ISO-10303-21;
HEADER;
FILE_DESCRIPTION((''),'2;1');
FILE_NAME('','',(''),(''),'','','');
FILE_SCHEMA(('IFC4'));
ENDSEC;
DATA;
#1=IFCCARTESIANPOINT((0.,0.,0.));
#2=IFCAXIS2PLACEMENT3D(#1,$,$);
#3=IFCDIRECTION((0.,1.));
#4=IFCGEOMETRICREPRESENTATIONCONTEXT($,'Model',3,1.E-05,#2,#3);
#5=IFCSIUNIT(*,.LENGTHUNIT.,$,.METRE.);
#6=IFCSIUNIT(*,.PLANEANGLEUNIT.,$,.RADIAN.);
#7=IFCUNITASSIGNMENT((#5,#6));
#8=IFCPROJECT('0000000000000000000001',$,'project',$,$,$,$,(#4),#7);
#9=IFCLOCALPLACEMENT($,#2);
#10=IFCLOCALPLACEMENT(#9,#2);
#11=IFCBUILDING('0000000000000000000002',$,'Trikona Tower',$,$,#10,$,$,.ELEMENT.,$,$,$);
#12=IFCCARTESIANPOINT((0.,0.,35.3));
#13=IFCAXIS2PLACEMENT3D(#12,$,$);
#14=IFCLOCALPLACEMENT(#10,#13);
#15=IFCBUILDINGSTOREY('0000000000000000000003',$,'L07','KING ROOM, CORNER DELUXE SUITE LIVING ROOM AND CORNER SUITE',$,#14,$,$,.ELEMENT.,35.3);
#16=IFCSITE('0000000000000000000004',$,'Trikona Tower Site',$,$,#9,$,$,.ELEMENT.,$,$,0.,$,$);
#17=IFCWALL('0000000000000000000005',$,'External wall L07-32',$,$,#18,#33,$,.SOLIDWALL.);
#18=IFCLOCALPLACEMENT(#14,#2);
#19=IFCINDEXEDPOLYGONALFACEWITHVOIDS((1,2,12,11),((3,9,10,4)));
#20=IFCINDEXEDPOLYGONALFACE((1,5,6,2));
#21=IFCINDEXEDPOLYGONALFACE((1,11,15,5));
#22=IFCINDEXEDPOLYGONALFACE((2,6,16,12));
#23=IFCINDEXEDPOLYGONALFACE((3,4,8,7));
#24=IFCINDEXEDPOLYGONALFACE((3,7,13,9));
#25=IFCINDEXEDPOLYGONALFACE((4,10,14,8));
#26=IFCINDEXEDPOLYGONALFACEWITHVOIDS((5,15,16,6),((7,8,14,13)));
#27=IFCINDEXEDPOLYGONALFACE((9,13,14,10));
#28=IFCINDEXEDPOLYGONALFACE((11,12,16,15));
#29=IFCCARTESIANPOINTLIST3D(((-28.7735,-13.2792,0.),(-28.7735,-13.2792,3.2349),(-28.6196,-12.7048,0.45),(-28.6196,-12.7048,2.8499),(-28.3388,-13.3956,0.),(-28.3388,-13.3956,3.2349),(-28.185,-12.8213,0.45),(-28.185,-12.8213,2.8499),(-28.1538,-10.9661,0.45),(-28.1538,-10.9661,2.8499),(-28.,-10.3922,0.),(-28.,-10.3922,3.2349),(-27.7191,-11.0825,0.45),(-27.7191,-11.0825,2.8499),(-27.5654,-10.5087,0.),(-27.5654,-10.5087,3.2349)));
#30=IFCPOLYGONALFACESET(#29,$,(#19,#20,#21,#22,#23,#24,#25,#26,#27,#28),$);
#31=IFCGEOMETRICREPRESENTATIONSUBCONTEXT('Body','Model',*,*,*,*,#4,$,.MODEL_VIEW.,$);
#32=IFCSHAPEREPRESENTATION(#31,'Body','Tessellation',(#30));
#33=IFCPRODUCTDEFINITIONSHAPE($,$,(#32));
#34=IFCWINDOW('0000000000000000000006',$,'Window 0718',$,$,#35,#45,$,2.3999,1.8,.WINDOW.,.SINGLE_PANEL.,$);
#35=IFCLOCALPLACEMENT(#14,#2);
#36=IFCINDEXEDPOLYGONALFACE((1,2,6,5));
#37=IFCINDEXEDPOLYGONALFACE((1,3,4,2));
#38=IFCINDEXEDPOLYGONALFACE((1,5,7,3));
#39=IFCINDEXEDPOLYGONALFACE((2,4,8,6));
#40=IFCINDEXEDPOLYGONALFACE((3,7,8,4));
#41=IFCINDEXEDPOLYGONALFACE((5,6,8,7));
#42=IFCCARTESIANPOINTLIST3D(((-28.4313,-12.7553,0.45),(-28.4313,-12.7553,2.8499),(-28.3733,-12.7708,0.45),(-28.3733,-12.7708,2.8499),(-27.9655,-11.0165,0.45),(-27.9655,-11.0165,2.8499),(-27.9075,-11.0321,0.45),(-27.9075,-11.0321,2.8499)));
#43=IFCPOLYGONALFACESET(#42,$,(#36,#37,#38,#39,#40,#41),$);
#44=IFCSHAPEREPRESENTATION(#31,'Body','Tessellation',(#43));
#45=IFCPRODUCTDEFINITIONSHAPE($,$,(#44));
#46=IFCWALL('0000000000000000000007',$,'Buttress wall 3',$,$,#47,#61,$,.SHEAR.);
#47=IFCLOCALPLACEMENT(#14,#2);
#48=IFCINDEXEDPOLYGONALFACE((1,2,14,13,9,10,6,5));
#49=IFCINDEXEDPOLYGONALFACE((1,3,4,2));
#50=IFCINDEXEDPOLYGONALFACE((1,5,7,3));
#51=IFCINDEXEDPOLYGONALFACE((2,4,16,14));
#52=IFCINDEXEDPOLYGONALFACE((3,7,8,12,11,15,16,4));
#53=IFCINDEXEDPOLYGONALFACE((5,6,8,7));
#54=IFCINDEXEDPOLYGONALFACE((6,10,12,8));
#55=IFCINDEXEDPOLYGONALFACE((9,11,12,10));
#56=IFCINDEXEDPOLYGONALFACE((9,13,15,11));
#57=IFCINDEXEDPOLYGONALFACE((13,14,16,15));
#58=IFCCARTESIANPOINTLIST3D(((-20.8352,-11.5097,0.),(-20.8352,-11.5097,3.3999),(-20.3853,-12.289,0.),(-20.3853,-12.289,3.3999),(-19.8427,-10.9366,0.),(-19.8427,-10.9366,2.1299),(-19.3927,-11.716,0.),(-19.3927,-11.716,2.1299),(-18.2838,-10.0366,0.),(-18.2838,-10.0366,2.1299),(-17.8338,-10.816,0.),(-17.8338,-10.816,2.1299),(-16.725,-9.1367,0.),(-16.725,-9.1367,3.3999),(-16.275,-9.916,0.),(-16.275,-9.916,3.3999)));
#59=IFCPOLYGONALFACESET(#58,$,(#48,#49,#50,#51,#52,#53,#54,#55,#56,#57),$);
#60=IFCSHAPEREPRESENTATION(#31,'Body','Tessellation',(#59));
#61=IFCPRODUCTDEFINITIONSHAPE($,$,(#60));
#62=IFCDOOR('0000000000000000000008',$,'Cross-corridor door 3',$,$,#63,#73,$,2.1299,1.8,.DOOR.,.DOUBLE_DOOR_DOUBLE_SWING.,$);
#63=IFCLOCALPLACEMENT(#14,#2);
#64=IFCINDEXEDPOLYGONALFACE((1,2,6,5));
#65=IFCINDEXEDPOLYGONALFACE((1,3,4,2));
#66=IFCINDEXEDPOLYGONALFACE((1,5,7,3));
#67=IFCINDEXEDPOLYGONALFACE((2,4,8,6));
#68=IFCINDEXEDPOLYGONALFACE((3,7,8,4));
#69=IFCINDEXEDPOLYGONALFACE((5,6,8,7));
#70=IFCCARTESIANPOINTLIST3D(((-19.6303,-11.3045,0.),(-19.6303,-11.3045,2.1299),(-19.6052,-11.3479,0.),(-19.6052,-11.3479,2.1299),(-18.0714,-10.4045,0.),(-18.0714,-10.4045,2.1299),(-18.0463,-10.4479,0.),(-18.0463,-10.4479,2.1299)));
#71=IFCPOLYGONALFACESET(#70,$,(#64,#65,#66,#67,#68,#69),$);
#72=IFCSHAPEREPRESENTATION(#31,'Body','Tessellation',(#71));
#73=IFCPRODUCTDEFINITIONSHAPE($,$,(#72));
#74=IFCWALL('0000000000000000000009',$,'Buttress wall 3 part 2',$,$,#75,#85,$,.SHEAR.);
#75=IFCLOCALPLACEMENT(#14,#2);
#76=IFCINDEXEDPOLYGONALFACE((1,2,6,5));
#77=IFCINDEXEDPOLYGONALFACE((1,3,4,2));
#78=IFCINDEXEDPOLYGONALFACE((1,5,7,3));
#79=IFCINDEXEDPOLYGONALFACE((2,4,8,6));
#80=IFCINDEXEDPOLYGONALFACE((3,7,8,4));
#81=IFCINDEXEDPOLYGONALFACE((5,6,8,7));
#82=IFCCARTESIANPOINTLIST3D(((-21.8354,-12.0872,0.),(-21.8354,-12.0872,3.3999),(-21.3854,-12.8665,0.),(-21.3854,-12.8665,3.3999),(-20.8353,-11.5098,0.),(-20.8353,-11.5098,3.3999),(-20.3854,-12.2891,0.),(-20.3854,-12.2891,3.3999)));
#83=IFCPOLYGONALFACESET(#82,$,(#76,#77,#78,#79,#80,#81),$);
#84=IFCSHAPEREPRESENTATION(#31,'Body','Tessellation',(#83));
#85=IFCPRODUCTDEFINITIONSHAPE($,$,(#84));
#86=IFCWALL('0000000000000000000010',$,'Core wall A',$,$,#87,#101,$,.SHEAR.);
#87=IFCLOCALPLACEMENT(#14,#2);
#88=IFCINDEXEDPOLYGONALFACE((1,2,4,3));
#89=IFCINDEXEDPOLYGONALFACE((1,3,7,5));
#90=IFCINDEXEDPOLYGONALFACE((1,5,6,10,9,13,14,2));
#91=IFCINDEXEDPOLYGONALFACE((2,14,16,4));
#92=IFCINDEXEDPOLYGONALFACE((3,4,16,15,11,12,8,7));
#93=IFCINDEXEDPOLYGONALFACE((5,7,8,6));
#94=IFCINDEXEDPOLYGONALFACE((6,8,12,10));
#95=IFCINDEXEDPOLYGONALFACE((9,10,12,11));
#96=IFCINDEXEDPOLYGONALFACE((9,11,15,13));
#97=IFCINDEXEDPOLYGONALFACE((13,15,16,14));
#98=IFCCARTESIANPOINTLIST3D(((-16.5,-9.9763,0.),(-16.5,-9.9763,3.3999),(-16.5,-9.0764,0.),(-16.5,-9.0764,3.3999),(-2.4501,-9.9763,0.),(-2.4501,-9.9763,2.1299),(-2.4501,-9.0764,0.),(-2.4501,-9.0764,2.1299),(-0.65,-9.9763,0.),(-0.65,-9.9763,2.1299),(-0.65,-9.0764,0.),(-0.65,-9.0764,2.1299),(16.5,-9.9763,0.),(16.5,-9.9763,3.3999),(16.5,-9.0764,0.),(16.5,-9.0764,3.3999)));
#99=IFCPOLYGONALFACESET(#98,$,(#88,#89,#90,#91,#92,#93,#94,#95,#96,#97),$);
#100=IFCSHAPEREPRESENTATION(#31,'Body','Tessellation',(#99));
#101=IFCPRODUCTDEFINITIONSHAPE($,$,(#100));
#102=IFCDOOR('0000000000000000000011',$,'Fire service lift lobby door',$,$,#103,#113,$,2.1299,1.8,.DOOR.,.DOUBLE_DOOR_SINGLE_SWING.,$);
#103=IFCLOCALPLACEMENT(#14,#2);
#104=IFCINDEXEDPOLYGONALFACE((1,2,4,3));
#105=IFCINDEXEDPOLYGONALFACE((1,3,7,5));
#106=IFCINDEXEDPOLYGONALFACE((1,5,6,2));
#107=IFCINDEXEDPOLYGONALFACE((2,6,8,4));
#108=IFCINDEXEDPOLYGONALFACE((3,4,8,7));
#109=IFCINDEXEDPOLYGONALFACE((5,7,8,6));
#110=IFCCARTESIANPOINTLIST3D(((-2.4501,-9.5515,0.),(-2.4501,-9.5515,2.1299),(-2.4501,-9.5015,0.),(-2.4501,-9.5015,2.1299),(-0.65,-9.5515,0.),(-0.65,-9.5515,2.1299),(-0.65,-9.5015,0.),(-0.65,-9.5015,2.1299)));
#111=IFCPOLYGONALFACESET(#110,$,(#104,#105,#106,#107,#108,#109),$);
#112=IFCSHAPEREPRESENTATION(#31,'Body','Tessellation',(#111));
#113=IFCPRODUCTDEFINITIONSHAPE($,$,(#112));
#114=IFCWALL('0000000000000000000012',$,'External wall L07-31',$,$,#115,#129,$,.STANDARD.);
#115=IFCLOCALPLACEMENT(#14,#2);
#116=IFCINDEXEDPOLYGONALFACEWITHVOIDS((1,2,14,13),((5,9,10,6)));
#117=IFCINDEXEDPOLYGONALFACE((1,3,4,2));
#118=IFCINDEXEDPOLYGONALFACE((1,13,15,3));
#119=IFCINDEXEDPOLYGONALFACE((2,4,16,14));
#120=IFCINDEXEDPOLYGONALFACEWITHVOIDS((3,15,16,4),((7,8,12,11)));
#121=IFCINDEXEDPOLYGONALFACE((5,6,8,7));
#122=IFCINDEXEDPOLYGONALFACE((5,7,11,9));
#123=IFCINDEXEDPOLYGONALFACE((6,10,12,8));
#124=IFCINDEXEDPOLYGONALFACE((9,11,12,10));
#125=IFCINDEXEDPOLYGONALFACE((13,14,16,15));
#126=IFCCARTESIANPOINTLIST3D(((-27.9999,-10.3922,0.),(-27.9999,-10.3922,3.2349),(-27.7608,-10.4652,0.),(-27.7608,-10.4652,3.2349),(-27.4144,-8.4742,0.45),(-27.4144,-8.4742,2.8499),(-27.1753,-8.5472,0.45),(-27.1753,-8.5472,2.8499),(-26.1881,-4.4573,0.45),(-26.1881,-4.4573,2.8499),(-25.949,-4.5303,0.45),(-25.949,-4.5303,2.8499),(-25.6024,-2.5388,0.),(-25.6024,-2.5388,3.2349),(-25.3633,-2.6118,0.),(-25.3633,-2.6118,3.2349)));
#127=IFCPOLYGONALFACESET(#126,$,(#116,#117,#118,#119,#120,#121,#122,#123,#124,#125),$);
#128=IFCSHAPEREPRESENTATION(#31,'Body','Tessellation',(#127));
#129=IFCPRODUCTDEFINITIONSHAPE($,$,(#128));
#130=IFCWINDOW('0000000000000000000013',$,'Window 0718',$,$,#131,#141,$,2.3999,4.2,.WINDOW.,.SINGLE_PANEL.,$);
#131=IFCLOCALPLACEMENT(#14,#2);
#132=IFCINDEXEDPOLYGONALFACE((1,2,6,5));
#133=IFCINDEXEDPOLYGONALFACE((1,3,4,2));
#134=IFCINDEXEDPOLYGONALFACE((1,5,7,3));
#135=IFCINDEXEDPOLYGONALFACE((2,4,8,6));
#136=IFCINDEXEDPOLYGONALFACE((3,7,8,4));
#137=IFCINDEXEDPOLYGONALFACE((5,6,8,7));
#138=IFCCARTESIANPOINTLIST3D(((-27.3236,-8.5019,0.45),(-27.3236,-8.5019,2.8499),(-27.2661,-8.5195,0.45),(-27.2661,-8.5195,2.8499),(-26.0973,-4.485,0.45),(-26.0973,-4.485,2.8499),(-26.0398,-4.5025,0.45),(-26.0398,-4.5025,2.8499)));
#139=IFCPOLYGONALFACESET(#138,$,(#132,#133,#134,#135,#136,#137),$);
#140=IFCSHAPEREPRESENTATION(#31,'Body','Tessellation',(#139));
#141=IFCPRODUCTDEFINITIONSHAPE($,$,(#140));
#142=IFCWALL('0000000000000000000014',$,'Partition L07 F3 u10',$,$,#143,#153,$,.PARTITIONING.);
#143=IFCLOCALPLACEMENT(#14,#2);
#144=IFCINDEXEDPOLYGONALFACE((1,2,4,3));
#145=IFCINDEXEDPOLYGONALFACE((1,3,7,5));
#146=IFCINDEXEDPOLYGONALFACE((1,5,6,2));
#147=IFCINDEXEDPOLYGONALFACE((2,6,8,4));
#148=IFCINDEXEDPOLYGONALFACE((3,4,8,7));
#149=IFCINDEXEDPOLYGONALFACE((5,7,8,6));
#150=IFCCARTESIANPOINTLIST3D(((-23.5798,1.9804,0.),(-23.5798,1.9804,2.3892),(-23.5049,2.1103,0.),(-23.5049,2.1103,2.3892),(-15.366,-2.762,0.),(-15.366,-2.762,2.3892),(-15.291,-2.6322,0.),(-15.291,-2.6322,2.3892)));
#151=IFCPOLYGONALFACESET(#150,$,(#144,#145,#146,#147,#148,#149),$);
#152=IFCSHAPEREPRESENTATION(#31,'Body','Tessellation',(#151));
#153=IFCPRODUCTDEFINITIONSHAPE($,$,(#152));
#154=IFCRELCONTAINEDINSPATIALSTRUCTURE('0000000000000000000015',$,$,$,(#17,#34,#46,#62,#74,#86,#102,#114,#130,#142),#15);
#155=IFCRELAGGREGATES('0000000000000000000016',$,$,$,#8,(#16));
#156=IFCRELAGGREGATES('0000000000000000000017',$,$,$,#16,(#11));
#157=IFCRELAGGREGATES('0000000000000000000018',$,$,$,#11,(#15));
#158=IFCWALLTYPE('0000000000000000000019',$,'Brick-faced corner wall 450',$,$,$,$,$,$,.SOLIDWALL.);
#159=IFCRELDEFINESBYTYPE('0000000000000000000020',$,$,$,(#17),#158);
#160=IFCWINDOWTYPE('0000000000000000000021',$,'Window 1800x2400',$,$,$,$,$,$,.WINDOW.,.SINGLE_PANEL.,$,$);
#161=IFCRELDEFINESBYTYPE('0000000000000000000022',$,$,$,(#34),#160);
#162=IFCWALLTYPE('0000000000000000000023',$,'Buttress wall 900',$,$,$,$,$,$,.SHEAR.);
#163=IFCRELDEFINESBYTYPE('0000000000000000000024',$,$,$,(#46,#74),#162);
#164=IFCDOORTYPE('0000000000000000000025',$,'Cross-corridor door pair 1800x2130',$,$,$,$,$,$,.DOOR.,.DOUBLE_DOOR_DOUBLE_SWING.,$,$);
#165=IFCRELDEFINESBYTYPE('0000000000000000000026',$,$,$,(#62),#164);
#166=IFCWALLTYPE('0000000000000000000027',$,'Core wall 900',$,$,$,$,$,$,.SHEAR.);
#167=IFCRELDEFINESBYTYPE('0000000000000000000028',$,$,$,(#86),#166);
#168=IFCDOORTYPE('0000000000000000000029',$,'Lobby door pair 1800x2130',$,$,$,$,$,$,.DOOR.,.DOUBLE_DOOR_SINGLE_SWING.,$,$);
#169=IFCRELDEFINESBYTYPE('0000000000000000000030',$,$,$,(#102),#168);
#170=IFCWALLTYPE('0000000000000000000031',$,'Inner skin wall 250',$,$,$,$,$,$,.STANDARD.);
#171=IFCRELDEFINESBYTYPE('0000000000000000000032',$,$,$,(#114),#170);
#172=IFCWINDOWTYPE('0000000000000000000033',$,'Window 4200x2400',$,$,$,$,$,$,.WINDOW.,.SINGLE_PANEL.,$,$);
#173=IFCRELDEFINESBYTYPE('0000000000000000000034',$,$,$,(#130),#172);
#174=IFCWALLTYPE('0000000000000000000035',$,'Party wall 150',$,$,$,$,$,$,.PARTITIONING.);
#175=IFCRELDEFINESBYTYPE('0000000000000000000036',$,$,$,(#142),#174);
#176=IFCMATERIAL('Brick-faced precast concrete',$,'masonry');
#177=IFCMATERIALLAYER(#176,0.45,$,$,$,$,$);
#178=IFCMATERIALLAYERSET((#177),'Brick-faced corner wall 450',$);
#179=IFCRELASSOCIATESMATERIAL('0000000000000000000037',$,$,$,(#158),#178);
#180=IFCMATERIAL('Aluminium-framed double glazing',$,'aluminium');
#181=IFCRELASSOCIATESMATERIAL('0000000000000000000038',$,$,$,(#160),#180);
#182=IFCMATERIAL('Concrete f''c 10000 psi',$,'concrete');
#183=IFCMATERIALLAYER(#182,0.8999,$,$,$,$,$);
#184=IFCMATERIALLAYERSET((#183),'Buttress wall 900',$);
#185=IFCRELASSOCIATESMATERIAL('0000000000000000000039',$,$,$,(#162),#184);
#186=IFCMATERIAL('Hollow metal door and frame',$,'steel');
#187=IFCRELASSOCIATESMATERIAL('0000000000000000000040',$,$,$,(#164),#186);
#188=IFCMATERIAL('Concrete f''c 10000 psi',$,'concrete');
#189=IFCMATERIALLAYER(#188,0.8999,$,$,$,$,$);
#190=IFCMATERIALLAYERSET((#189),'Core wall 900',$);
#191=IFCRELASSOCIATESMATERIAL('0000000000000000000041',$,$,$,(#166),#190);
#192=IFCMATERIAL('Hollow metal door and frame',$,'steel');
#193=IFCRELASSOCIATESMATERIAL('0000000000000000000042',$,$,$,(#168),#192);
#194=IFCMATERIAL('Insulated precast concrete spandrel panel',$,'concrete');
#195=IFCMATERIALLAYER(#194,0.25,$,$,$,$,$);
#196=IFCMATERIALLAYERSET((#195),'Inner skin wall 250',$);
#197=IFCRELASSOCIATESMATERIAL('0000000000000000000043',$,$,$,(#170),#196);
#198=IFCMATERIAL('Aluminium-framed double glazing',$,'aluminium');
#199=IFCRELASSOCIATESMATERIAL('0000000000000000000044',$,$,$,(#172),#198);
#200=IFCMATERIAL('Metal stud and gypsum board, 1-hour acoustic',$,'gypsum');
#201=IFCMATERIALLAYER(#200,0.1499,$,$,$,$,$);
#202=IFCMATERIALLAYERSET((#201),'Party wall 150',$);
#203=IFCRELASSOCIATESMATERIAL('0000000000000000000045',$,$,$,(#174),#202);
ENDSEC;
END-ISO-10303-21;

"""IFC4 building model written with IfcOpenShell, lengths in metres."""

from ifc_helpers import new_model, si_unit, direction, frame, frame_2d, origin, place, context, subcontext, project, spatial, rectangle, extrude, material, layer, layer_set, type_object, element, fill, save


model = new_model("IFC4")

# Units and contexts
model_context = context("Model", 3, precision=1e-05, world=origin(), true_north=direction((0.0, 1.0)))
body_context = subcontext(model_context, "Body", "Model", "MODEL_VIEW")
ifc_project = project(units=[si_unit("LENGTHUNIT", "METRE"), si_unit("PLANEANGLEUNIT", "RADIAN")], contexts=[model_context])

# Site, building, storey
site_placement = place(None, origin())
site = spatial("IfcSite", under=ifc_project, at=site_placement, Name="Trikona Tower Site", CompositionType="ELEMENT", RefElevation=0.0)
building_placement = place(site_placement, origin())
building = spatial("IfcBuilding", under=site, at=building_placement, Name="Trikona Tower", CompositionType="ELEMENT")
storey_placement = place(building_placement, frame((0.0, 0.0, 35.3)))
storey = spatial("IfcBuildingStorey", under=building, at=storey_placement, Name="L07", Description="KING ROOM, CORNER DELUXE SUITE LIVING ROOM AND CORNER SUITE", CompositionType="ELEMENT", Elevation=35.3)

# Wall, opening, window
ifc_material_1 = material(Name="Brick-faced precast concrete", Category="masonry")
ifc_layer_1 = layer(ifc_material_1, 0.45)
ifc_layer_set_1 = layer_set([ifc_layer_1], Name="Brick-faced corner wall 450")
wall_type_1 = type_object("IfcWallType", Name="Brick-faced corner wall 450", PredefinedType="SOLIDWALL", material=ifc_layer_set_1)
wall_1_placement = place(storey_placement, frame((-27.7827, -10.4504, 0.0), z_axis=(0.0, 0.0, 1.0), x_axis=(-0.258781, -0.965936, 0.0)))
wall_1 = element("IfcWall", 1, at=wall_1_placement, inside=storey, type_object=wall_type_1, Name="External wall L07-32", PredefinedType="SOLIDWALL", context=body_context, shape_type="SweptSolid", body=[
    extrude(rectangle(XDim=2.9888, YDim=0.45, at=frame_2d((1.4944, 0.0))), origin(), (0.0, 0.0, 1.0), 3.2349),
])
opening_1_placement = place(wall_1_placement, frame((0.5942, 0.0, 0.45)))
opening_1 = element("IfcOpeningElement", 2, at=opening_1_placement, cuts=wall_1, PredefinedType="OPENING", context=body_context, shape_type="SweptSolid", body=[
    extrude(rectangle(XDim=1.8, YDim=2.3999, at=frame_2d((0.8999, 1.2))), frame((0.0, 0.2349, 0.0), z_axis=(0.0, -1.0, 0.0), x_axis=(1.0, 0.0, 0.0)), (0.0, 0.0, 1.0), 0.47),
])
ifc_material_2 = material(Name="Aluminium-framed double glazing", Category="aluminium")
window_type_1 = type_object("IfcWindowType", Name="Window 1800x2400", PartitioningType="SINGLE_PANEL", PredefinedType="WINDOW", material=ifc_material_2)
window_1_placement = place(opening_1_placement, origin())
window_1 = element("IfcWindow", 3, at=window_1_placement, inside=storey, type_object=window_type_1, Name="Window 0718", OverallHeight=2.3999, OverallWidth=1.8, PartitioningType="SINGLE_PANEL", PredefinedType="WINDOW", context=body_context, shape_type="SweptSolid", body=[
    extrude(rectangle(XDim=1.8, YDim=2.3999, at=frame_2d((0.8999, 1.2))), frame((0.0, 0.03, 0.0), z_axis=(0.0, -1.0, 0.0), x_axis=(1.0, 0.0, 0.0)), (0.0, 0.0, 1.0), 0.0601),
])
fill(opening_1, window_1)

# Wall, opening, door
ifc_material_3 = material(Name="Concrete f'c 10000 psi", Category="concrete")
ifc_layer_2 = layer(ifc_material_3, 0.8999)
ifc_layer_set_2 = layer_set([ifc_layer_2], Name="Buttress wall 900")
wall_type_2 = type_object("IfcWallType", Name="Buttress wall 900", PredefinedType="SHEAR", material=ifc_layer_set_2)
wall_2_placement = place(storey_placement, frame((-16.5, -9.5264, 0.0), z_axis=(0.0, 0.0, 1.0), x_axis=(-0.866031, -0.49999, 0.0)))
wall_2 = element("IfcWall", 4, at=wall_2_placement, inside=storey, type_object=wall_type_2, Name="Buttress wall 3", PredefinedType="SHEAR", context=body_context, shape_type="SweptSolid", body=[
    extrude(rectangle(XDim=4.7461, YDim=0.8999, at=frame_2d((2.373, 0.0))), origin(), (0.0, 0.0, 1.0), 3.3999),
])
opening_2_placement = place(wall_2_placement, frame((1.8, 0.0, 0.0)))
opening_2 = element("IfcOpeningElement", 5, at=opening_2_placement, cuts=wall_2, PredefinedType="OPENING", context=body_context, shape_type="SweptSolid", body=[
    extrude(rectangle(XDim=1.8, YDim=2.1299, at=frame_2d((0.8999, 1.0649))), frame((0.0, 0.46, 0.0), z_axis=(0.0, -1.0, 0.0), x_axis=(1.0, 0.0, 0.0)), (0.0, 0.0, 1.0), 0.9199),
])
ifc_material_4 = material(Name="Hollow metal door and frame", Category="steel")
door_type_1 = type_object("IfcDoorType", Name="Cross-corridor door pair 1800x2130", OperationType="DOUBLE_DOOR_DOUBLE_SWING", PredefinedType="DOOR", material=ifc_material_4)
door_1_placement = place(opening_2_placement, origin())
door_1 = element("IfcDoor", 6, at=door_1_placement, inside=storey, type_object=door_type_1, Name="Cross-corridor door 3", OperationType="DOUBLE_DOOR_DOUBLE_SWING", OverallHeight=2.1299, OverallWidth=1.8, PredefinedType="DOOR", context=body_context, shape_type="SweptSolid", body=[
    extrude(rectangle(XDim=1.8, YDim=2.1299, at=frame_2d((0.8999, 1.0649))), frame((0.0, 0.0249, 0.0), z_axis=(0.0, -1.0, 0.0), x_axis=(1.0, 0.0, 0.0)), (0.0, 0.0, 1.0), 0.05),
])
fill(opening_2, door_1)

# Wall
wall_3_placement = place(storey_placement, frame((-20.6104, -11.8994, 0.0), z_axis=(0.0, 0.0, 1.0), x_axis=(-0.86601, -0.500027, 0.0)))
element("IfcWall", 7, at=wall_3_placement, inside=storey, type_object=wall_type_2, Name="Buttress wall 3 part 2", PredefinedType="SHEAR", context=body_context, shape_type="SweptSolid", body=[
    extrude(rectangle(XDim=1.1548, YDim=0.8999, at=frame_2d((0.5774, 0.0))), origin(), (0.0, 0.0, 1.0), 3.3999),
])

# Wall, opening, door
ifc_material_5 = material(Name="Concrete f'c 10000 psi", Category="concrete")
ifc_layer_3 = layer(ifc_material_5, 0.8999)
ifc_layer_set_3 = layer_set([ifc_layer_3], Name="Core wall 900")
wall_type_3 = type_object("IfcWallType", Name="Core wall 900", PredefinedType="SHEAR", material=ifc_layer_set_3)
wall_4_placement = place(storey_placement, frame((-16.5, -9.5264, 0.0), z_axis=(0.0, 0.0, 1.0), x_axis=(1.0, 0.0, 0.0)))
wall_4 = element("IfcWall", 8, at=wall_4_placement, inside=storey, type_object=wall_type_3, Name="Core wall A", PredefinedType="SHEAR", context=body_context, shape_type="SweptSolid", body=[
    extrude(rectangle(XDim=33.0, YDim=0.8999, at=frame_2d((16.5, 0.0))), origin(), (0.0, 0.0, 1.0), 3.3999),
])
opening_3_placement = place(wall_4_placement, frame((14.05, 0.0, 0.0)))
opening_3 = element("IfcOpeningElement", 9, at=opening_3_placement, cuts=wall_4, PredefinedType="OPENING", context=body_context, shape_type="SweptSolid", body=[
    extrude(rectangle(XDim=1.8, YDim=2.1299, at=frame_2d((0.8999, 1.0649))), frame((0.0, 0.46, 0.0), z_axis=(0.0, -1.0, 0.0), x_axis=(1.0, 0.0, 0.0)), (0.0, 0.0, 1.0), 0.9199),
])
ifc_material_6 = material(Name="Hollow metal door and frame", Category="steel")
door_type_2 = type_object("IfcDoorType", Name="Lobby door pair 1800x2130", OperationType="DOUBLE_DOOR_SINGLE_SWING", PredefinedType="DOOR", material=ifc_material_6)
door_2_placement = place(opening_3_placement, origin())
door_2 = element("IfcDoor", 10, at=door_2_placement, inside=storey, type_object=door_type_2, Name="Fire service lift lobby door", OperationType="DOUBLE_DOOR_SINGLE_SWING", OverallHeight=2.1299, OverallWidth=1.8, PredefinedType="DOOR", context=body_context, shape_type="SweptSolid", body=[
    extrude(rectangle(XDim=1.8, YDim=2.1299, at=frame_2d((0.8999, 1.0649))), frame((0.0, 0.0249, 0.0), z_axis=(0.0, -1.0, 0.0), x_axis=(1.0, 0.0, 0.0)), (0.0, 0.0, 1.0), 0.05),
])
fill(opening_3, door_2)

# Wall, opening, window
ifc_material_7 = material(Name="Insulated precast concrete spandrel panel", Category="concrete")
ifc_layer_4 = layer(ifc_material_7, 0.25)
ifc_layer_set_4 = layer_set([ifc_layer_4], Name="Inner skin wall 250")
wall_type_4 = type_object("IfcWallType", Name="Inner skin wall 250", PredefinedType="STANDARD", material=ifc_layer_set_4)
wall_5_placement = place(storey_placement, frame((-25.4829, -2.5754, 0.0), z_axis=(0.0, 0.0, 1.0), x_axis=(-0.291979, -0.956425, 0.0)))
wall_5 = element("IfcWall", 11, at=wall_5_placement, inside=storey, type_object=wall_type_4, Name="External wall L07-31", PredefinedType="STANDARD", context=body_context, shape_type="SweptSolid", body=[
    extrude(rectangle(XDim=8.2112, YDim=0.25, at=frame_2d((4.1055, 0.0))), origin(), (0.0, 0.0, 1.0), 3.2349),
])
opening_4_placement = place(wall_5_placement, frame((2.0056, 0.0, 0.45)))
opening_4 = element("IfcOpeningElement", 12, at=opening_4_placement, cuts=wall_5, PredefinedType="OPENING", context=body_context, shape_type="SweptSolid", body=[
    extrude(rectangle(XDim=4.2, YDim=2.3999, at=frame_2d((2.1001, 1.2))), frame((0.0, 0.135, 0.0), z_axis=(0.0, -1.0, 0.0), x_axis=(1.0, 0.0, 0.0)), (0.0, 0.0, 1.0), 0.27),
])
ifc_material_8 = material(Name="Aluminium-framed double glazing", Category="aluminium")
window_type_2 = type_object("IfcWindowType", Name="Window 4200x2400", PartitioningType="SINGLE_PANEL", PredefinedType="WINDOW", material=ifc_material_8)
window_2_placement = place(opening_4_placement, origin())
window_2 = element("IfcWindow", 13, at=window_2_placement, inside=storey, type_object=window_type_2, Name="Window 0718", OverallHeight=2.3999, OverallWidth=4.2, PartitioningType="SINGLE_PANEL", PredefinedType="WINDOW", context=body_context, shape_type="SweptSolid", body=[
    extrude(rectangle(XDim=4.2, YDim=2.3999, at=frame_2d((2.1001, 1.2))), frame((0.0, 0.03, 0.0), z_axis=(0.0, -1.0, 0.0), x_axis=(1.0, 0.0, 0.0)), (0.0, 0.0, 1.0), 0.0601),
])
fill(opening_4, window_2)

# Wall
ifc_material_9 = material(Name="Metal stud and gypsum board, 1-hour acoustic", Category="gypsum")
ifc_layer_5 = layer(ifc_material_9, 0.1499)
ifc_layer_set_5 = layer_set([ifc_layer_5], Name="Party wall 150")
wall_type_5 = type_object("IfcWallType", Name="Party wall 150", PredefinedType="PARTITIONING", material=ifc_layer_set_5)
wall_6_placement = place(storey_placement, frame((-15.3286, -2.697, 0.0), z_axis=(0.0, 0.0, 1.0), x_axis=(-0.866018, 0.500012, 0.0)))
element("IfcWall", 14, at=wall_6_placement, inside=storey, type_object=wall_type_5, Name="Partition L07 F3 u10", PredefinedType="PARTITIONING", context=body_context, shape_type="SweptSolid", body=[
    extrude(rectangle(XDim=9.4846, YDim=0.1499, at=frame_2d((4.7422, 0.0))), origin(), (0.0, 0.0, 1.0), 2.3892),
])

save(model, "model.ifc")
